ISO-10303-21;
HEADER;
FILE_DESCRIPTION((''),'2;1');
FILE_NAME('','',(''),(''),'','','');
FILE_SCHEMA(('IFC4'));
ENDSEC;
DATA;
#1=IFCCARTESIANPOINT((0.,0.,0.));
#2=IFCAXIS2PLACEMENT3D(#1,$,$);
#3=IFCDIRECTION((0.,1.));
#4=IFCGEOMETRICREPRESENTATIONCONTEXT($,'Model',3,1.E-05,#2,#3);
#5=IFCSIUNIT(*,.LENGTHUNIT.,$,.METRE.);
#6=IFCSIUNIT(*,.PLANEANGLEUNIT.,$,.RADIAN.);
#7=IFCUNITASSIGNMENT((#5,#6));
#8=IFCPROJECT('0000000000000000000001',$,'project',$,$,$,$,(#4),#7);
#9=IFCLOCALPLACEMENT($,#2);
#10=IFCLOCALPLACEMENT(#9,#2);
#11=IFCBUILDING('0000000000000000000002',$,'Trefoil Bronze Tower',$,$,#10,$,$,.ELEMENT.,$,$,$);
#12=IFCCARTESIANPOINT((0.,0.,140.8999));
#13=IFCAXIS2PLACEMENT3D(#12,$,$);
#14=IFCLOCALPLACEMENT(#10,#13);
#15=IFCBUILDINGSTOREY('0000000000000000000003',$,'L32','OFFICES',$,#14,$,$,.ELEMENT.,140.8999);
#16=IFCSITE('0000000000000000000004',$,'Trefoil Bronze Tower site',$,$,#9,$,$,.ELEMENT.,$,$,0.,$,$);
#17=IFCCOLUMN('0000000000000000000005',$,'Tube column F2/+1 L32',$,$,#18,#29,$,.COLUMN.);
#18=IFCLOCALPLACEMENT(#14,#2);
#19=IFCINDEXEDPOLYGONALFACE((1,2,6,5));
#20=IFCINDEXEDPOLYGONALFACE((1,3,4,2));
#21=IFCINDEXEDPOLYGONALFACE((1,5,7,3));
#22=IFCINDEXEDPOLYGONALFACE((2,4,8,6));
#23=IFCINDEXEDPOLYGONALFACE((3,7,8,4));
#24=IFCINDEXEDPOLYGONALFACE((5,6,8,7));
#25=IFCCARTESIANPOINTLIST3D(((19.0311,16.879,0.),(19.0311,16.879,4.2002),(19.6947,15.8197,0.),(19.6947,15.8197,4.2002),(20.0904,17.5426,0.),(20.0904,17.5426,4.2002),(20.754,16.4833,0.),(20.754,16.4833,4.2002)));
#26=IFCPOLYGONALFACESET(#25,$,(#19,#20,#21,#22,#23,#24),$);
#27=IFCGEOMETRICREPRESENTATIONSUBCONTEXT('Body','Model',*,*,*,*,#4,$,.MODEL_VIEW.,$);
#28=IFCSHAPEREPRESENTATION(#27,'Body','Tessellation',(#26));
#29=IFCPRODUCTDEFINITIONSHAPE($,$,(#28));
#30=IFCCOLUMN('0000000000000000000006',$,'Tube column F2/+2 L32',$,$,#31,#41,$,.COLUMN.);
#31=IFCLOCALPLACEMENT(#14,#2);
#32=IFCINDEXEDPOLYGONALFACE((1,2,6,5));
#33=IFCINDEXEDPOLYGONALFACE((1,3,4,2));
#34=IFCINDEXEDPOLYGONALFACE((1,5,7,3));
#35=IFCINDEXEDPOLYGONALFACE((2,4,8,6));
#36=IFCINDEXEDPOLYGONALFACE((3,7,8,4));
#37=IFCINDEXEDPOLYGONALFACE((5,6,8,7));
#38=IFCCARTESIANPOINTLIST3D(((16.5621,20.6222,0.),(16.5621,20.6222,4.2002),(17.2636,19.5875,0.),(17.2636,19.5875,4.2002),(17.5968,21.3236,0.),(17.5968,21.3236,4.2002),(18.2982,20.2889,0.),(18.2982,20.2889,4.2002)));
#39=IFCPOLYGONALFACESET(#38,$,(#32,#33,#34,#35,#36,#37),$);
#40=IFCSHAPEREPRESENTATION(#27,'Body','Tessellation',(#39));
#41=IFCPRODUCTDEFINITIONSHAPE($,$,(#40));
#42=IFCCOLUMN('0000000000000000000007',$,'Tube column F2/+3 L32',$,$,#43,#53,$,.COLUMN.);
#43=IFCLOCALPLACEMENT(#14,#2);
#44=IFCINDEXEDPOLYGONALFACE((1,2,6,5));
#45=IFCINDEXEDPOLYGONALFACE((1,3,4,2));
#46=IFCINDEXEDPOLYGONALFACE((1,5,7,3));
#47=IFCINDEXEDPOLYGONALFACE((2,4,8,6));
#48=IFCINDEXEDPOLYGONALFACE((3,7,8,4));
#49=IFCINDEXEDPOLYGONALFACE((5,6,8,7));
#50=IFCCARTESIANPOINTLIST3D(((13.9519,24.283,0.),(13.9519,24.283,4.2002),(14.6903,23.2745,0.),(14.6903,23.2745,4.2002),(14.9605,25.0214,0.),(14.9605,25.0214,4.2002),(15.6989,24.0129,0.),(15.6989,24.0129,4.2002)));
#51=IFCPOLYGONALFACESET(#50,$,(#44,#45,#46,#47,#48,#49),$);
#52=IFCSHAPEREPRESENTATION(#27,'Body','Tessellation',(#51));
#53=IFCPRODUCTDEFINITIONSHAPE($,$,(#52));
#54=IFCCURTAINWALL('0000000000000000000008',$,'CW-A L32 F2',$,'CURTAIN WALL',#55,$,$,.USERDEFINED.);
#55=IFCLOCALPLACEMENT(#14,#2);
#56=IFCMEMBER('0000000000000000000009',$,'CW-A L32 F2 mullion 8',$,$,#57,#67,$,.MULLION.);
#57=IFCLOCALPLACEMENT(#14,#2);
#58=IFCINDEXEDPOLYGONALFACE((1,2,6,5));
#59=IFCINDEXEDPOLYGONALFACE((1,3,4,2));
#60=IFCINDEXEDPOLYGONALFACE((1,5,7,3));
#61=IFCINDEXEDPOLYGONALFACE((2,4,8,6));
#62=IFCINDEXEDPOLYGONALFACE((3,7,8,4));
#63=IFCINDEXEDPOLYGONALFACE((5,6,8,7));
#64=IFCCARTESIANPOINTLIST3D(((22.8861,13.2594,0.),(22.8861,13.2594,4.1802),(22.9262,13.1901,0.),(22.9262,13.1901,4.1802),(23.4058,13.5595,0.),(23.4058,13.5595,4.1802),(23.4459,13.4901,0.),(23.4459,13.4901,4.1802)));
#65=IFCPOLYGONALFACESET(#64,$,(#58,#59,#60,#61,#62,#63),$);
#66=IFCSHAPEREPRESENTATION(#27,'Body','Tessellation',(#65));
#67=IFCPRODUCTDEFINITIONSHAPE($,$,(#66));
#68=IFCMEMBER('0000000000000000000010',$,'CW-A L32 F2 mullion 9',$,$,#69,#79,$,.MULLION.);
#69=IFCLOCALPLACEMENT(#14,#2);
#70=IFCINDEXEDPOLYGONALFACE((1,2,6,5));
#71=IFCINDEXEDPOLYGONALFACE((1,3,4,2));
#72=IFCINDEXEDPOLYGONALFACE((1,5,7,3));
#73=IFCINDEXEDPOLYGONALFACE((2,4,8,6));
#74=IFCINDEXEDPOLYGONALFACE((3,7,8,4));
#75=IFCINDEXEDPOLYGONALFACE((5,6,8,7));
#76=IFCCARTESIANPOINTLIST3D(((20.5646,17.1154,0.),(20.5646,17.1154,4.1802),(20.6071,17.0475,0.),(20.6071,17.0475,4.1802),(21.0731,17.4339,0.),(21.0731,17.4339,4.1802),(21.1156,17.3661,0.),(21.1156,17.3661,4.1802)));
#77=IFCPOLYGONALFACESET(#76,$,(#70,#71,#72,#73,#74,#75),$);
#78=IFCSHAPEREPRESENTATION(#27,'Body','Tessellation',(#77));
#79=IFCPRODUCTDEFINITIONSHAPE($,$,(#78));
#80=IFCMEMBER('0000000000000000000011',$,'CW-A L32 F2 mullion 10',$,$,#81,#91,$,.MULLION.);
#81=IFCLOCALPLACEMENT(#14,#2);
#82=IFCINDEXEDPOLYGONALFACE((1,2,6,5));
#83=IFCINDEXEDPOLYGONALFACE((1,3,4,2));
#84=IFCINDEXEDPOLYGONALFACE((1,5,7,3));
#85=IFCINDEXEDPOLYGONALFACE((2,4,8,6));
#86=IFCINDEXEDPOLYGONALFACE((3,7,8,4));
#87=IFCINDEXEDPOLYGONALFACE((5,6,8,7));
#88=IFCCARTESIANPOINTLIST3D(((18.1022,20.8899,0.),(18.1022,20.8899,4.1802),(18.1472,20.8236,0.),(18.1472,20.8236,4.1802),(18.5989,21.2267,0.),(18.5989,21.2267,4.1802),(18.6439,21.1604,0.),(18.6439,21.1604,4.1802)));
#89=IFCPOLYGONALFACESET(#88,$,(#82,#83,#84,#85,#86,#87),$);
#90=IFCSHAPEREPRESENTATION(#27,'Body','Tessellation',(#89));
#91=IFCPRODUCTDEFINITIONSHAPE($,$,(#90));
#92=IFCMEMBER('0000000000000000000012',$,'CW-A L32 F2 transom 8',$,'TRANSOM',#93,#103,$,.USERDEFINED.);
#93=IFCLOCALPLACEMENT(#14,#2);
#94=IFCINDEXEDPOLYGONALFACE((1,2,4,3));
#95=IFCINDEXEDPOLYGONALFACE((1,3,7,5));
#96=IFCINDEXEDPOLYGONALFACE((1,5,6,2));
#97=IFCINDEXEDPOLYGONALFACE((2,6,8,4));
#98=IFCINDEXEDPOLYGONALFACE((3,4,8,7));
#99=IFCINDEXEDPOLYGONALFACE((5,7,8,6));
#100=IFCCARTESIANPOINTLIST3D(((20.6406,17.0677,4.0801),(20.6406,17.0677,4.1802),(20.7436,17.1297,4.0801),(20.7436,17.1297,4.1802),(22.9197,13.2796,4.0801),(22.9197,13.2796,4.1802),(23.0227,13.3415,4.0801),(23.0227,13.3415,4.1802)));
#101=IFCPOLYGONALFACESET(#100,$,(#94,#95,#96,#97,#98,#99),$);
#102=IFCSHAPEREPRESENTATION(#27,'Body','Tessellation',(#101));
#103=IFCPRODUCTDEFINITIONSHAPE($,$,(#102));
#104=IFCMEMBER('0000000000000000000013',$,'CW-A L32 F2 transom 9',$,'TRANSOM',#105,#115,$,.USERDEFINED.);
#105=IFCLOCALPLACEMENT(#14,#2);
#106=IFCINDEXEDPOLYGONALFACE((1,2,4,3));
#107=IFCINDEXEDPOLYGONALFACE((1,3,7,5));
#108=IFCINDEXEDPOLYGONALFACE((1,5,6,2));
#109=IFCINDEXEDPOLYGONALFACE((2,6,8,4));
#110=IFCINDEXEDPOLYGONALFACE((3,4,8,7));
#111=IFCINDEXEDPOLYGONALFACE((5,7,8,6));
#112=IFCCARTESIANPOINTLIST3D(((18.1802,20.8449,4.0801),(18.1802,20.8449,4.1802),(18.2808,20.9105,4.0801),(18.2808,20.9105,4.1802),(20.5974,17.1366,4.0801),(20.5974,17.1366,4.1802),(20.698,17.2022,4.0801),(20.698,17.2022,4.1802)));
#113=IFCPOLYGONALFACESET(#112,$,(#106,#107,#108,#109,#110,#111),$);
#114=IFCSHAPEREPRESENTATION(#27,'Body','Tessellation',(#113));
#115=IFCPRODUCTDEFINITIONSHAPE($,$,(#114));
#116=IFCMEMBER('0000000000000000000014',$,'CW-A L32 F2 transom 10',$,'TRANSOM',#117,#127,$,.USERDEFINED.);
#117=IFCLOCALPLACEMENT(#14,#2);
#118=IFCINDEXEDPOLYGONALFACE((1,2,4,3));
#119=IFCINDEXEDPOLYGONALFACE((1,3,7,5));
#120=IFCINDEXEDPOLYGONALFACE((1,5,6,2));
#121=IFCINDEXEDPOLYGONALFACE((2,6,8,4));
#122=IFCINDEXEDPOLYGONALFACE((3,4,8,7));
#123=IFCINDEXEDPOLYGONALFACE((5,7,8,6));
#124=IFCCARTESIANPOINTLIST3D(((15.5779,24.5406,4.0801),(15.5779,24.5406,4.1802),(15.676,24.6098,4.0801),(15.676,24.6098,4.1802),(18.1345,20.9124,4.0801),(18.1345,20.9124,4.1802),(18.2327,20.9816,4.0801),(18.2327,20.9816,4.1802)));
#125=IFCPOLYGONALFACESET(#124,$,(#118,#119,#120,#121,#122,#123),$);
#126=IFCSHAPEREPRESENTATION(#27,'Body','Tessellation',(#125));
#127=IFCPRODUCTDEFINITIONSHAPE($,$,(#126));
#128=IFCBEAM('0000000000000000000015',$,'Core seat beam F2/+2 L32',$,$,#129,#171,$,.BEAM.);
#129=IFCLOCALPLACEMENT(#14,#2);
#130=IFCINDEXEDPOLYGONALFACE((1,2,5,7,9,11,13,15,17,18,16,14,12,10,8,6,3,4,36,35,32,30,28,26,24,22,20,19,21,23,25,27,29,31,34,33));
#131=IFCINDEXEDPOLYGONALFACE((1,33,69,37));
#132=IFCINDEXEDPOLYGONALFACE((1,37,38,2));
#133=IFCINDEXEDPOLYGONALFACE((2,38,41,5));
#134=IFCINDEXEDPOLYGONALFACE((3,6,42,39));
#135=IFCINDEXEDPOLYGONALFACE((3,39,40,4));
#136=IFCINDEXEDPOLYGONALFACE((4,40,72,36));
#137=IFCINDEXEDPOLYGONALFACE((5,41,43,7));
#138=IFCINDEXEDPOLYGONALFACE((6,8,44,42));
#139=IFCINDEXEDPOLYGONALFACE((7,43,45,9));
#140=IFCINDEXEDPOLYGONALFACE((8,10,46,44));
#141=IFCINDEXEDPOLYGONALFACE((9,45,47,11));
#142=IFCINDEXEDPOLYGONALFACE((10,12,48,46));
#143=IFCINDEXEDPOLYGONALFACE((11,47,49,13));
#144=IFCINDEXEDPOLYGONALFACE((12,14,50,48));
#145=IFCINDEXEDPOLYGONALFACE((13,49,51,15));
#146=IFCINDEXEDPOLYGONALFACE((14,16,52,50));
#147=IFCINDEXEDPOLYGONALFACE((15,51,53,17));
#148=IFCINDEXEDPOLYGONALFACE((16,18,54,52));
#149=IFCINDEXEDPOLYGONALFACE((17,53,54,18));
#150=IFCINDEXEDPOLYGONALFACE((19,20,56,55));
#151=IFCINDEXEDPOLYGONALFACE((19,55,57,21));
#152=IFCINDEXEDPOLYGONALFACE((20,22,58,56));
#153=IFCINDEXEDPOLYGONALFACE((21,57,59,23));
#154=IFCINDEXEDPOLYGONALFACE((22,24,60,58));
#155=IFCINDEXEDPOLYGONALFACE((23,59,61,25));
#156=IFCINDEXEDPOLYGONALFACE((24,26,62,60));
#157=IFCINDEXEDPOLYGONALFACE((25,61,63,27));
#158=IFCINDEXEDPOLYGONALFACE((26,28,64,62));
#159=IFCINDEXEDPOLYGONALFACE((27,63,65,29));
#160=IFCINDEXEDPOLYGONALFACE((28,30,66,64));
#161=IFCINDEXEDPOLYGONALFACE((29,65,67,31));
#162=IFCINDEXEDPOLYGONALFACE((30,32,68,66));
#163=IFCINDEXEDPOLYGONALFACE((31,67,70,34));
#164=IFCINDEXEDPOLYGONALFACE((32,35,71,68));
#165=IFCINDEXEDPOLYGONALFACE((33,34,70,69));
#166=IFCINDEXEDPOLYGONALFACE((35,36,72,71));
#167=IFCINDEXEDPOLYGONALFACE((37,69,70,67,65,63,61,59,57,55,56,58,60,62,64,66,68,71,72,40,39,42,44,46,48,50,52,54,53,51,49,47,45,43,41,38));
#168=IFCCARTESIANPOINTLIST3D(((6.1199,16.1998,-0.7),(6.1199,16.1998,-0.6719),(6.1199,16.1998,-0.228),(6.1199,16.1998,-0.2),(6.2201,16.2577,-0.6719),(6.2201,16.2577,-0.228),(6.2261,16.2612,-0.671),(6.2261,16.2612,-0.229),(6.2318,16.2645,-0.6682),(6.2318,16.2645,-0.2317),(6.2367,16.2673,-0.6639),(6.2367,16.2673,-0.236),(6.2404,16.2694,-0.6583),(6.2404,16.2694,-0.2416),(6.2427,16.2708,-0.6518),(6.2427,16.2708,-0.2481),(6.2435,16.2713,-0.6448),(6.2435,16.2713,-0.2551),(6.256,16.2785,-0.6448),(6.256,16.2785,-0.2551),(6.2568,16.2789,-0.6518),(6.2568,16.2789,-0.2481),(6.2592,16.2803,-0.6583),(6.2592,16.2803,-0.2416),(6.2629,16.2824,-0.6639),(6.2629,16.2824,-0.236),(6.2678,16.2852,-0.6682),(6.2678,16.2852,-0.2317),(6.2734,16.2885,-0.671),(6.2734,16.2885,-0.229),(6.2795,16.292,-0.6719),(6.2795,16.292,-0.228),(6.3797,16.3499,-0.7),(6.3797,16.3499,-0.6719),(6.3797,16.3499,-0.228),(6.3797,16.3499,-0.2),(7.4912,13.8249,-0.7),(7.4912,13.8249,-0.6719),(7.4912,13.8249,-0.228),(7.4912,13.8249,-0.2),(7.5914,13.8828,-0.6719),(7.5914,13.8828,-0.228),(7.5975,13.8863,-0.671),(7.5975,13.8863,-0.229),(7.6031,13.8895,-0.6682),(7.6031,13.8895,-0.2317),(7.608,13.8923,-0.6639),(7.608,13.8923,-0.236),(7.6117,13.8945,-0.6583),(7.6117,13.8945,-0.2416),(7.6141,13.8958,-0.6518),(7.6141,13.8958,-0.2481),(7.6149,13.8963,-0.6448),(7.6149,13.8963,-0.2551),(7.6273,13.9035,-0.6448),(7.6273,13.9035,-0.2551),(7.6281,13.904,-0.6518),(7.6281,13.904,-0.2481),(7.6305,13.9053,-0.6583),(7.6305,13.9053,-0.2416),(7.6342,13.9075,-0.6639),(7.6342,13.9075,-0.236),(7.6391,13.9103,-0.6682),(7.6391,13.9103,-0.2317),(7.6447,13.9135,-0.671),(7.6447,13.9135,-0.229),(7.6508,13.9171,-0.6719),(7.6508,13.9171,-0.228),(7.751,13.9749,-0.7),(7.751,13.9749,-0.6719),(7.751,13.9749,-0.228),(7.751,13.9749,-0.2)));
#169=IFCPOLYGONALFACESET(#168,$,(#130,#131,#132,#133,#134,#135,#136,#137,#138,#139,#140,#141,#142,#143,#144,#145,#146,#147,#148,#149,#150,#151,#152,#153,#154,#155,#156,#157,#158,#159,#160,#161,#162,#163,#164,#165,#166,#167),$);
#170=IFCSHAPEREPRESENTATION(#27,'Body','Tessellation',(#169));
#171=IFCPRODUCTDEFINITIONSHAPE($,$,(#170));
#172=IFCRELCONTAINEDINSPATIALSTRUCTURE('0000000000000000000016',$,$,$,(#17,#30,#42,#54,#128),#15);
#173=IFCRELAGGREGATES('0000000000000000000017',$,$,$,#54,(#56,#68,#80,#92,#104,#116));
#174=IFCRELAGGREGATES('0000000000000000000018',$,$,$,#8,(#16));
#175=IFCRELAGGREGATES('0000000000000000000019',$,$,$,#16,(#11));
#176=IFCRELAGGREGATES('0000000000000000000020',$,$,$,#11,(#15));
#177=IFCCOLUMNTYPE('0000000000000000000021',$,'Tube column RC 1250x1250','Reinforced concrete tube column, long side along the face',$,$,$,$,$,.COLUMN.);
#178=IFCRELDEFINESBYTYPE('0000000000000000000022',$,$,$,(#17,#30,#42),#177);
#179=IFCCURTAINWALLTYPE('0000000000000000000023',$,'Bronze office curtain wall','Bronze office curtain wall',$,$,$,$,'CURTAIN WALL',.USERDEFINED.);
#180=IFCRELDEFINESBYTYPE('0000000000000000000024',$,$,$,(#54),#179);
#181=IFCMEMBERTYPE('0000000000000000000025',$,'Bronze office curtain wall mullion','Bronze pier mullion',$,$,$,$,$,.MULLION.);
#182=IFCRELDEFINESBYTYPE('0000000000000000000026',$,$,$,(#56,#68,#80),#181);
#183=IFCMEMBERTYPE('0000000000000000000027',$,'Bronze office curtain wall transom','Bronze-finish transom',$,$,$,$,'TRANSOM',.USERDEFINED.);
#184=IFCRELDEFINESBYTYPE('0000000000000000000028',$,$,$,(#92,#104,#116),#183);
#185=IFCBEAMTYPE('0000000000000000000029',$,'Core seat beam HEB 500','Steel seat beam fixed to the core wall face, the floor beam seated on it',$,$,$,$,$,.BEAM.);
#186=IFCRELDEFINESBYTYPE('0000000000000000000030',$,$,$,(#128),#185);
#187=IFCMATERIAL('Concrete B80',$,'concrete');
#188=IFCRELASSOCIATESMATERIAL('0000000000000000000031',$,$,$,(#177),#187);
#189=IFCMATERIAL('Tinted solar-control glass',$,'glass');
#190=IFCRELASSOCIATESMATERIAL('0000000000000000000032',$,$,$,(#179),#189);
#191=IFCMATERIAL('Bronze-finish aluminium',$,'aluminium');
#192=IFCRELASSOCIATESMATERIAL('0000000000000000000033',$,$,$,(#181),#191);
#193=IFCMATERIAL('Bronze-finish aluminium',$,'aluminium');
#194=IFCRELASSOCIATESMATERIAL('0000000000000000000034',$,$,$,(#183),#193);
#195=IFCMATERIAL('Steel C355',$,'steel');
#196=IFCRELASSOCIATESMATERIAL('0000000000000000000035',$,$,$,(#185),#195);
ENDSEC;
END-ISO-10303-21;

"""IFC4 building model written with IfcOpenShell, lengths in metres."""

from ifc_helpers import new_model, si_unit, direction, frame, origin, origin_2d, place, context, subcontext, project, spatial, rectangle, i_section, extrude, material, material_profile, profile_set, type_object, element, aggregate, save


model = new_model("IFC4")

# Units and contexts
model_context = context("Model", 3, precision=1e-05, world=origin(), true_north=direction((0.0, 1.0)))
body_context = subcontext(model_context, "Body", "Model", "MODEL_VIEW")
ifc_project = project(units=[si_unit("LENGTHUNIT", "METRE"), si_unit("PLANEANGLEUNIT", "RADIAN")], contexts=[model_context])

# Site, building, storey
site_placement = place(None, origin())
site = spatial("IfcSite", under=ifc_project, at=site_placement, Name="Trefoil Bronze Tower site", CompositionType="ELEMENT", RefElevation=0.0)
building_placement = place(site_placement, origin())
building = spatial("IfcBuilding", under=site, at=building_placement, Name="Trefoil Bronze Tower", CompositionType="ELEMENT")
storey_placement = place(building_placement, frame((0.0, 0.0, 140.8999)))
storey = spatial("IfcBuildingStorey", under=building, at=storey_placement, Name="L32", Description="OFFICES", CompositionType="ELEMENT", Elevation=140.8999)

# Columns
ifc_material_1 = material(Name="Concrete B80", Category="concrete")
ifc_material_profile_1 = material_profile(ifc_material_1, rectangle(XDim=1.25, YDim=1.25, at=origin_2d()), Name="RC 1250x1250")
ifc_profile_set_1 = profile_set([ifc_material_profile_1], Name="Concrete B80")
column_type = type_object("IfcColumnType", Name="Tube column RC 1250x1250", Description="Reinforced concrete tube column, long side along the face", PredefinedType="COLUMN", material=ifc_profile_set_1)
for number, where, z_axis, x_axis, name in (
    (1, (19.8926, 16.6812, 0.0), (0.0, 0.0, 1.0), (-0.530893, 0.847439, 0.0), "Tube column F2/+1 L32"),
    (2, (17.4302, 20.4556, 0.0), (0.0, 0.0, 1.0), (-0.561136, 0.827724, 0.0), "Tube column F2/+2 L32"),
    (3, (14.8254, 24.1479, 0.0), (0.0, 0.0, 1.0), (-0.590723, 0.806875, 0.0), "Tube column F2/+3 L32"),
):
    element("IfcColumn", number, at=place(storey_placement, frame(where, z_axis=z_axis, x_axis=x_axis)), inside=storey, type_object=column_type, Name=name, PredefinedType="COLUMN", context=body_context, shape_type="SweptSolid", body=[
        extrude(rectangle(XDim=1.25, YDim=1.25, at=origin_2d()), origin(), (0.0, 0.0, 1.0), 4.2002),
    ])

# Curtain wall, members
ifc_material_2 = material(Name="Tinted solar-control glass", Category="glass")
curtain_wall_type = type_object("IfcCurtainWallType", Name="Bronze office curtain wall", Description="Bronze office curtain wall", ElementType="CURTAIN WALL", PredefinedType="USERDEFINED", material=ifc_material_2)
curtain_wall_placement = place(storey_placement, origin())
curtain_wall = element("IfcCurtainWall", 4, at=curtain_wall_placement, inside=storey, type_object=curtain_wall_type, Name="CW-A L32 F2", ObjectType="CURTAIN WALL", PredefinedType="USERDEFINED")
ifc_material_3 = material(Name="Bronze-finish aluminium", Category="aluminium")
ifc_material_profile_2 = material_profile(ifc_material_3, rectangle(XDim=0.6001, YDim=0.0801, at=origin_2d()), Name="CW-A mullion")
ifc_profile_set_2 = profile_set([ifc_material_profile_2], Name="Bronze-finish aluminium")
member_type_1 = type_object("IfcMemberType", Name="Bronze office curtain wall mullion", Description="Bronze pier mullion", PredefinedType="MULLION", material=ifc_profile_set_2)
member_1_placement = place(storey_placement, frame((23.166, 13.3748, 0.0), z_axis=(0.0, 0.0, 1.0), x_axis=(-0.866025, -0.5, 0.0)))
member_1 = element("IfcMember", 5, at=member_1_placement, type_object=member_type_1, Name="CW-A L32 F2 mullion 8", PredefinedType="MULLION", context=body_context, shape_type="SweptSolid", body=[
    extrude(rectangle(XDim=0.6001, YDim=0.0801, at=origin_2d()), origin(), (0.0, 0.0, 1.0), 4.1802),
])
member_2_placement = place(storey_placement, frame((20.8401, 17.2407, 0.0), z_axis=(0.0, 0.0, 1.0), x_axis=(-0.847439, -0.530893, 0.0)))
member_2 = element("IfcMember", 6, at=member_2_placement, type_object=member_type_1, Name="CW-A L32 F2 mullion 9", PredefinedType="MULLION", context=body_context, shape_type="SweptSolid", body=[
    extrude(rectangle(XDim=0.6001, YDim=0.0801, at=origin_2d()), origin(), (0.0, 0.0, 1.0), 4.1802),
])
member_3_placement = place(storey_placement, frame((18.373, 21.0251, 0.0), z_axis=(0.0, 0.0, 1.0), x_axis=(-0.827724, -0.561136, 0.0)))
member_3 = element("IfcMember", 7, at=member_3_placement, type_object=member_type_1, Name="CW-A L32 F2 mullion 10", PredefinedType="MULLION", context=body_context, shape_type="SweptSolid", body=[
    extrude(rectangle(XDim=0.6001, YDim=0.0801, at=origin_2d()), origin(), (0.0, 0.0, 1.0), 4.1802),
])
ifc_material_4 = material(Name="Bronze-finish aluminium", Category="aluminium")
ifc_material_profile_3 = material_profile(ifc_material_4, rectangle(XDim=0.1201, YDim=0.1001, at=origin_2d()), Name="CW-A transom")
ifc_profile_set_3 = profile_set([ifc_material_profile_3], Name="Bronze-finish aluminium")
member_type_2 = type_object("IfcMemberType", Name="Bronze office curtain wall transom", Description="Bronze-finish transom", ElementType="TRANSOM", PredefinedType="USERDEFINED", material=ifc_profile_set_3)
member_4_placement = place(storey_placement, frame((22.9712, 13.3105, 4.1301), z_axis=(-0.515527, 0.856873, 0.0), x_axis=(-0.856873, -0.515527, 0.0)))
member_4 = element("IfcMember", 8, at=member_4_placement, type_object=member_type_2, Name="CW-A L32 F2 transom 8", ObjectType="TRANSOM", PredefinedType="USERDEFINED", context=body_context, shape_type="SweptSolid", body=[
    extrude(rectangle(XDim=0.1201, YDim=0.1001, at=origin_2d()), origin(), (0.0, 0.0, 1.0), 4.4209),
])
member_5_placement = place(storey_placement, frame((20.6477, 17.1694, 4.1301), z_axis=(-0.546079, 0.837733, 0.0), x_axis=(-0.837733, -0.546079, 0.0)))
member_5 = element("IfcMember", 9, at=member_5_placement, type_object=member_type_2, Name="CW-A L32 F2 transom 9", ObjectType="TRANSOM", PredefinedType="USERDEFINED", context=body_context, shape_type="SweptSolid", body=[
    extrude(rectangle(XDim=0.1201, YDim=0.1001, at=origin_2d()), origin(), (0.0, 0.0, 1.0), 4.4265),
])
member_6_placement = place(storey_placement, frame((18.1836, 20.947, 4.1301), z_axis=(-0.576018, 0.817437, 0.0), x_axis=(-0.817437, -0.576018, 0.0)))
member_6 = element("IfcMember", 10, at=member_6_placement, type_object=member_type_2, Name="CW-A L32 F2 transom 10", ObjectType="TRANSOM", PredefinedType="USERDEFINED", context=body_context, shape_type="SweptSolid", body=[
    extrude(rectangle(XDim=0.1201, YDim=0.1001, at=origin_2d()), origin(), (0.0, 0.0, 1.0), 4.4385),
])

# Beam
ifc_material_5 = material(Name="Steel C355", Category="steel")
ifc_material_profile_4 = material_profile(ifc_material_5, i_section(OverallWidth=0.3, OverallDepth=0.5, WebThickness=0.0144, FlangeThickness=0.0281, FilletRadius=0.0271, at=origin_2d()), Name="HEB 500")
ifc_profile_set_4 = profile_set([ifc_material_profile_4], Name="Steel C355")
beam_type_1 = type_object("IfcBeamType", Name="Core seat beam HEB 500", Description="Steel seat beam fixed to the core wall face, the floor beam seated on it", PredefinedType="BEAM", material=ifc_profile_set_4)
beam_1_placement = place(storey_placement, frame((7.6211, 13.8999, -0.45), z_axis=(-0.500036, 0.866005, 0.0), x_axis=(-0.866005, -0.500036, 0.0)))
element("IfcBeam", 11, at=beam_1_placement, inside=storey, type_object=beam_type_1, Name="Core seat beam F2/+2 L32", PredefinedType="BEAM", context=body_context, shape_type="SweptSolid", body=[
    extrude(i_section(OverallWidth=0.3, OverallDepth=0.5, WebThickness=0.0144, FlangeThickness=0.0281, FilletRadius=0.0271, at=origin_2d()), origin(), (0.0, 0.0, 1.0), 2.7424),
])

aggregate(curtain_wall, [member_1, member_2, member_3, member_4, member_5, member_6])

save(model, "model.ifc")
